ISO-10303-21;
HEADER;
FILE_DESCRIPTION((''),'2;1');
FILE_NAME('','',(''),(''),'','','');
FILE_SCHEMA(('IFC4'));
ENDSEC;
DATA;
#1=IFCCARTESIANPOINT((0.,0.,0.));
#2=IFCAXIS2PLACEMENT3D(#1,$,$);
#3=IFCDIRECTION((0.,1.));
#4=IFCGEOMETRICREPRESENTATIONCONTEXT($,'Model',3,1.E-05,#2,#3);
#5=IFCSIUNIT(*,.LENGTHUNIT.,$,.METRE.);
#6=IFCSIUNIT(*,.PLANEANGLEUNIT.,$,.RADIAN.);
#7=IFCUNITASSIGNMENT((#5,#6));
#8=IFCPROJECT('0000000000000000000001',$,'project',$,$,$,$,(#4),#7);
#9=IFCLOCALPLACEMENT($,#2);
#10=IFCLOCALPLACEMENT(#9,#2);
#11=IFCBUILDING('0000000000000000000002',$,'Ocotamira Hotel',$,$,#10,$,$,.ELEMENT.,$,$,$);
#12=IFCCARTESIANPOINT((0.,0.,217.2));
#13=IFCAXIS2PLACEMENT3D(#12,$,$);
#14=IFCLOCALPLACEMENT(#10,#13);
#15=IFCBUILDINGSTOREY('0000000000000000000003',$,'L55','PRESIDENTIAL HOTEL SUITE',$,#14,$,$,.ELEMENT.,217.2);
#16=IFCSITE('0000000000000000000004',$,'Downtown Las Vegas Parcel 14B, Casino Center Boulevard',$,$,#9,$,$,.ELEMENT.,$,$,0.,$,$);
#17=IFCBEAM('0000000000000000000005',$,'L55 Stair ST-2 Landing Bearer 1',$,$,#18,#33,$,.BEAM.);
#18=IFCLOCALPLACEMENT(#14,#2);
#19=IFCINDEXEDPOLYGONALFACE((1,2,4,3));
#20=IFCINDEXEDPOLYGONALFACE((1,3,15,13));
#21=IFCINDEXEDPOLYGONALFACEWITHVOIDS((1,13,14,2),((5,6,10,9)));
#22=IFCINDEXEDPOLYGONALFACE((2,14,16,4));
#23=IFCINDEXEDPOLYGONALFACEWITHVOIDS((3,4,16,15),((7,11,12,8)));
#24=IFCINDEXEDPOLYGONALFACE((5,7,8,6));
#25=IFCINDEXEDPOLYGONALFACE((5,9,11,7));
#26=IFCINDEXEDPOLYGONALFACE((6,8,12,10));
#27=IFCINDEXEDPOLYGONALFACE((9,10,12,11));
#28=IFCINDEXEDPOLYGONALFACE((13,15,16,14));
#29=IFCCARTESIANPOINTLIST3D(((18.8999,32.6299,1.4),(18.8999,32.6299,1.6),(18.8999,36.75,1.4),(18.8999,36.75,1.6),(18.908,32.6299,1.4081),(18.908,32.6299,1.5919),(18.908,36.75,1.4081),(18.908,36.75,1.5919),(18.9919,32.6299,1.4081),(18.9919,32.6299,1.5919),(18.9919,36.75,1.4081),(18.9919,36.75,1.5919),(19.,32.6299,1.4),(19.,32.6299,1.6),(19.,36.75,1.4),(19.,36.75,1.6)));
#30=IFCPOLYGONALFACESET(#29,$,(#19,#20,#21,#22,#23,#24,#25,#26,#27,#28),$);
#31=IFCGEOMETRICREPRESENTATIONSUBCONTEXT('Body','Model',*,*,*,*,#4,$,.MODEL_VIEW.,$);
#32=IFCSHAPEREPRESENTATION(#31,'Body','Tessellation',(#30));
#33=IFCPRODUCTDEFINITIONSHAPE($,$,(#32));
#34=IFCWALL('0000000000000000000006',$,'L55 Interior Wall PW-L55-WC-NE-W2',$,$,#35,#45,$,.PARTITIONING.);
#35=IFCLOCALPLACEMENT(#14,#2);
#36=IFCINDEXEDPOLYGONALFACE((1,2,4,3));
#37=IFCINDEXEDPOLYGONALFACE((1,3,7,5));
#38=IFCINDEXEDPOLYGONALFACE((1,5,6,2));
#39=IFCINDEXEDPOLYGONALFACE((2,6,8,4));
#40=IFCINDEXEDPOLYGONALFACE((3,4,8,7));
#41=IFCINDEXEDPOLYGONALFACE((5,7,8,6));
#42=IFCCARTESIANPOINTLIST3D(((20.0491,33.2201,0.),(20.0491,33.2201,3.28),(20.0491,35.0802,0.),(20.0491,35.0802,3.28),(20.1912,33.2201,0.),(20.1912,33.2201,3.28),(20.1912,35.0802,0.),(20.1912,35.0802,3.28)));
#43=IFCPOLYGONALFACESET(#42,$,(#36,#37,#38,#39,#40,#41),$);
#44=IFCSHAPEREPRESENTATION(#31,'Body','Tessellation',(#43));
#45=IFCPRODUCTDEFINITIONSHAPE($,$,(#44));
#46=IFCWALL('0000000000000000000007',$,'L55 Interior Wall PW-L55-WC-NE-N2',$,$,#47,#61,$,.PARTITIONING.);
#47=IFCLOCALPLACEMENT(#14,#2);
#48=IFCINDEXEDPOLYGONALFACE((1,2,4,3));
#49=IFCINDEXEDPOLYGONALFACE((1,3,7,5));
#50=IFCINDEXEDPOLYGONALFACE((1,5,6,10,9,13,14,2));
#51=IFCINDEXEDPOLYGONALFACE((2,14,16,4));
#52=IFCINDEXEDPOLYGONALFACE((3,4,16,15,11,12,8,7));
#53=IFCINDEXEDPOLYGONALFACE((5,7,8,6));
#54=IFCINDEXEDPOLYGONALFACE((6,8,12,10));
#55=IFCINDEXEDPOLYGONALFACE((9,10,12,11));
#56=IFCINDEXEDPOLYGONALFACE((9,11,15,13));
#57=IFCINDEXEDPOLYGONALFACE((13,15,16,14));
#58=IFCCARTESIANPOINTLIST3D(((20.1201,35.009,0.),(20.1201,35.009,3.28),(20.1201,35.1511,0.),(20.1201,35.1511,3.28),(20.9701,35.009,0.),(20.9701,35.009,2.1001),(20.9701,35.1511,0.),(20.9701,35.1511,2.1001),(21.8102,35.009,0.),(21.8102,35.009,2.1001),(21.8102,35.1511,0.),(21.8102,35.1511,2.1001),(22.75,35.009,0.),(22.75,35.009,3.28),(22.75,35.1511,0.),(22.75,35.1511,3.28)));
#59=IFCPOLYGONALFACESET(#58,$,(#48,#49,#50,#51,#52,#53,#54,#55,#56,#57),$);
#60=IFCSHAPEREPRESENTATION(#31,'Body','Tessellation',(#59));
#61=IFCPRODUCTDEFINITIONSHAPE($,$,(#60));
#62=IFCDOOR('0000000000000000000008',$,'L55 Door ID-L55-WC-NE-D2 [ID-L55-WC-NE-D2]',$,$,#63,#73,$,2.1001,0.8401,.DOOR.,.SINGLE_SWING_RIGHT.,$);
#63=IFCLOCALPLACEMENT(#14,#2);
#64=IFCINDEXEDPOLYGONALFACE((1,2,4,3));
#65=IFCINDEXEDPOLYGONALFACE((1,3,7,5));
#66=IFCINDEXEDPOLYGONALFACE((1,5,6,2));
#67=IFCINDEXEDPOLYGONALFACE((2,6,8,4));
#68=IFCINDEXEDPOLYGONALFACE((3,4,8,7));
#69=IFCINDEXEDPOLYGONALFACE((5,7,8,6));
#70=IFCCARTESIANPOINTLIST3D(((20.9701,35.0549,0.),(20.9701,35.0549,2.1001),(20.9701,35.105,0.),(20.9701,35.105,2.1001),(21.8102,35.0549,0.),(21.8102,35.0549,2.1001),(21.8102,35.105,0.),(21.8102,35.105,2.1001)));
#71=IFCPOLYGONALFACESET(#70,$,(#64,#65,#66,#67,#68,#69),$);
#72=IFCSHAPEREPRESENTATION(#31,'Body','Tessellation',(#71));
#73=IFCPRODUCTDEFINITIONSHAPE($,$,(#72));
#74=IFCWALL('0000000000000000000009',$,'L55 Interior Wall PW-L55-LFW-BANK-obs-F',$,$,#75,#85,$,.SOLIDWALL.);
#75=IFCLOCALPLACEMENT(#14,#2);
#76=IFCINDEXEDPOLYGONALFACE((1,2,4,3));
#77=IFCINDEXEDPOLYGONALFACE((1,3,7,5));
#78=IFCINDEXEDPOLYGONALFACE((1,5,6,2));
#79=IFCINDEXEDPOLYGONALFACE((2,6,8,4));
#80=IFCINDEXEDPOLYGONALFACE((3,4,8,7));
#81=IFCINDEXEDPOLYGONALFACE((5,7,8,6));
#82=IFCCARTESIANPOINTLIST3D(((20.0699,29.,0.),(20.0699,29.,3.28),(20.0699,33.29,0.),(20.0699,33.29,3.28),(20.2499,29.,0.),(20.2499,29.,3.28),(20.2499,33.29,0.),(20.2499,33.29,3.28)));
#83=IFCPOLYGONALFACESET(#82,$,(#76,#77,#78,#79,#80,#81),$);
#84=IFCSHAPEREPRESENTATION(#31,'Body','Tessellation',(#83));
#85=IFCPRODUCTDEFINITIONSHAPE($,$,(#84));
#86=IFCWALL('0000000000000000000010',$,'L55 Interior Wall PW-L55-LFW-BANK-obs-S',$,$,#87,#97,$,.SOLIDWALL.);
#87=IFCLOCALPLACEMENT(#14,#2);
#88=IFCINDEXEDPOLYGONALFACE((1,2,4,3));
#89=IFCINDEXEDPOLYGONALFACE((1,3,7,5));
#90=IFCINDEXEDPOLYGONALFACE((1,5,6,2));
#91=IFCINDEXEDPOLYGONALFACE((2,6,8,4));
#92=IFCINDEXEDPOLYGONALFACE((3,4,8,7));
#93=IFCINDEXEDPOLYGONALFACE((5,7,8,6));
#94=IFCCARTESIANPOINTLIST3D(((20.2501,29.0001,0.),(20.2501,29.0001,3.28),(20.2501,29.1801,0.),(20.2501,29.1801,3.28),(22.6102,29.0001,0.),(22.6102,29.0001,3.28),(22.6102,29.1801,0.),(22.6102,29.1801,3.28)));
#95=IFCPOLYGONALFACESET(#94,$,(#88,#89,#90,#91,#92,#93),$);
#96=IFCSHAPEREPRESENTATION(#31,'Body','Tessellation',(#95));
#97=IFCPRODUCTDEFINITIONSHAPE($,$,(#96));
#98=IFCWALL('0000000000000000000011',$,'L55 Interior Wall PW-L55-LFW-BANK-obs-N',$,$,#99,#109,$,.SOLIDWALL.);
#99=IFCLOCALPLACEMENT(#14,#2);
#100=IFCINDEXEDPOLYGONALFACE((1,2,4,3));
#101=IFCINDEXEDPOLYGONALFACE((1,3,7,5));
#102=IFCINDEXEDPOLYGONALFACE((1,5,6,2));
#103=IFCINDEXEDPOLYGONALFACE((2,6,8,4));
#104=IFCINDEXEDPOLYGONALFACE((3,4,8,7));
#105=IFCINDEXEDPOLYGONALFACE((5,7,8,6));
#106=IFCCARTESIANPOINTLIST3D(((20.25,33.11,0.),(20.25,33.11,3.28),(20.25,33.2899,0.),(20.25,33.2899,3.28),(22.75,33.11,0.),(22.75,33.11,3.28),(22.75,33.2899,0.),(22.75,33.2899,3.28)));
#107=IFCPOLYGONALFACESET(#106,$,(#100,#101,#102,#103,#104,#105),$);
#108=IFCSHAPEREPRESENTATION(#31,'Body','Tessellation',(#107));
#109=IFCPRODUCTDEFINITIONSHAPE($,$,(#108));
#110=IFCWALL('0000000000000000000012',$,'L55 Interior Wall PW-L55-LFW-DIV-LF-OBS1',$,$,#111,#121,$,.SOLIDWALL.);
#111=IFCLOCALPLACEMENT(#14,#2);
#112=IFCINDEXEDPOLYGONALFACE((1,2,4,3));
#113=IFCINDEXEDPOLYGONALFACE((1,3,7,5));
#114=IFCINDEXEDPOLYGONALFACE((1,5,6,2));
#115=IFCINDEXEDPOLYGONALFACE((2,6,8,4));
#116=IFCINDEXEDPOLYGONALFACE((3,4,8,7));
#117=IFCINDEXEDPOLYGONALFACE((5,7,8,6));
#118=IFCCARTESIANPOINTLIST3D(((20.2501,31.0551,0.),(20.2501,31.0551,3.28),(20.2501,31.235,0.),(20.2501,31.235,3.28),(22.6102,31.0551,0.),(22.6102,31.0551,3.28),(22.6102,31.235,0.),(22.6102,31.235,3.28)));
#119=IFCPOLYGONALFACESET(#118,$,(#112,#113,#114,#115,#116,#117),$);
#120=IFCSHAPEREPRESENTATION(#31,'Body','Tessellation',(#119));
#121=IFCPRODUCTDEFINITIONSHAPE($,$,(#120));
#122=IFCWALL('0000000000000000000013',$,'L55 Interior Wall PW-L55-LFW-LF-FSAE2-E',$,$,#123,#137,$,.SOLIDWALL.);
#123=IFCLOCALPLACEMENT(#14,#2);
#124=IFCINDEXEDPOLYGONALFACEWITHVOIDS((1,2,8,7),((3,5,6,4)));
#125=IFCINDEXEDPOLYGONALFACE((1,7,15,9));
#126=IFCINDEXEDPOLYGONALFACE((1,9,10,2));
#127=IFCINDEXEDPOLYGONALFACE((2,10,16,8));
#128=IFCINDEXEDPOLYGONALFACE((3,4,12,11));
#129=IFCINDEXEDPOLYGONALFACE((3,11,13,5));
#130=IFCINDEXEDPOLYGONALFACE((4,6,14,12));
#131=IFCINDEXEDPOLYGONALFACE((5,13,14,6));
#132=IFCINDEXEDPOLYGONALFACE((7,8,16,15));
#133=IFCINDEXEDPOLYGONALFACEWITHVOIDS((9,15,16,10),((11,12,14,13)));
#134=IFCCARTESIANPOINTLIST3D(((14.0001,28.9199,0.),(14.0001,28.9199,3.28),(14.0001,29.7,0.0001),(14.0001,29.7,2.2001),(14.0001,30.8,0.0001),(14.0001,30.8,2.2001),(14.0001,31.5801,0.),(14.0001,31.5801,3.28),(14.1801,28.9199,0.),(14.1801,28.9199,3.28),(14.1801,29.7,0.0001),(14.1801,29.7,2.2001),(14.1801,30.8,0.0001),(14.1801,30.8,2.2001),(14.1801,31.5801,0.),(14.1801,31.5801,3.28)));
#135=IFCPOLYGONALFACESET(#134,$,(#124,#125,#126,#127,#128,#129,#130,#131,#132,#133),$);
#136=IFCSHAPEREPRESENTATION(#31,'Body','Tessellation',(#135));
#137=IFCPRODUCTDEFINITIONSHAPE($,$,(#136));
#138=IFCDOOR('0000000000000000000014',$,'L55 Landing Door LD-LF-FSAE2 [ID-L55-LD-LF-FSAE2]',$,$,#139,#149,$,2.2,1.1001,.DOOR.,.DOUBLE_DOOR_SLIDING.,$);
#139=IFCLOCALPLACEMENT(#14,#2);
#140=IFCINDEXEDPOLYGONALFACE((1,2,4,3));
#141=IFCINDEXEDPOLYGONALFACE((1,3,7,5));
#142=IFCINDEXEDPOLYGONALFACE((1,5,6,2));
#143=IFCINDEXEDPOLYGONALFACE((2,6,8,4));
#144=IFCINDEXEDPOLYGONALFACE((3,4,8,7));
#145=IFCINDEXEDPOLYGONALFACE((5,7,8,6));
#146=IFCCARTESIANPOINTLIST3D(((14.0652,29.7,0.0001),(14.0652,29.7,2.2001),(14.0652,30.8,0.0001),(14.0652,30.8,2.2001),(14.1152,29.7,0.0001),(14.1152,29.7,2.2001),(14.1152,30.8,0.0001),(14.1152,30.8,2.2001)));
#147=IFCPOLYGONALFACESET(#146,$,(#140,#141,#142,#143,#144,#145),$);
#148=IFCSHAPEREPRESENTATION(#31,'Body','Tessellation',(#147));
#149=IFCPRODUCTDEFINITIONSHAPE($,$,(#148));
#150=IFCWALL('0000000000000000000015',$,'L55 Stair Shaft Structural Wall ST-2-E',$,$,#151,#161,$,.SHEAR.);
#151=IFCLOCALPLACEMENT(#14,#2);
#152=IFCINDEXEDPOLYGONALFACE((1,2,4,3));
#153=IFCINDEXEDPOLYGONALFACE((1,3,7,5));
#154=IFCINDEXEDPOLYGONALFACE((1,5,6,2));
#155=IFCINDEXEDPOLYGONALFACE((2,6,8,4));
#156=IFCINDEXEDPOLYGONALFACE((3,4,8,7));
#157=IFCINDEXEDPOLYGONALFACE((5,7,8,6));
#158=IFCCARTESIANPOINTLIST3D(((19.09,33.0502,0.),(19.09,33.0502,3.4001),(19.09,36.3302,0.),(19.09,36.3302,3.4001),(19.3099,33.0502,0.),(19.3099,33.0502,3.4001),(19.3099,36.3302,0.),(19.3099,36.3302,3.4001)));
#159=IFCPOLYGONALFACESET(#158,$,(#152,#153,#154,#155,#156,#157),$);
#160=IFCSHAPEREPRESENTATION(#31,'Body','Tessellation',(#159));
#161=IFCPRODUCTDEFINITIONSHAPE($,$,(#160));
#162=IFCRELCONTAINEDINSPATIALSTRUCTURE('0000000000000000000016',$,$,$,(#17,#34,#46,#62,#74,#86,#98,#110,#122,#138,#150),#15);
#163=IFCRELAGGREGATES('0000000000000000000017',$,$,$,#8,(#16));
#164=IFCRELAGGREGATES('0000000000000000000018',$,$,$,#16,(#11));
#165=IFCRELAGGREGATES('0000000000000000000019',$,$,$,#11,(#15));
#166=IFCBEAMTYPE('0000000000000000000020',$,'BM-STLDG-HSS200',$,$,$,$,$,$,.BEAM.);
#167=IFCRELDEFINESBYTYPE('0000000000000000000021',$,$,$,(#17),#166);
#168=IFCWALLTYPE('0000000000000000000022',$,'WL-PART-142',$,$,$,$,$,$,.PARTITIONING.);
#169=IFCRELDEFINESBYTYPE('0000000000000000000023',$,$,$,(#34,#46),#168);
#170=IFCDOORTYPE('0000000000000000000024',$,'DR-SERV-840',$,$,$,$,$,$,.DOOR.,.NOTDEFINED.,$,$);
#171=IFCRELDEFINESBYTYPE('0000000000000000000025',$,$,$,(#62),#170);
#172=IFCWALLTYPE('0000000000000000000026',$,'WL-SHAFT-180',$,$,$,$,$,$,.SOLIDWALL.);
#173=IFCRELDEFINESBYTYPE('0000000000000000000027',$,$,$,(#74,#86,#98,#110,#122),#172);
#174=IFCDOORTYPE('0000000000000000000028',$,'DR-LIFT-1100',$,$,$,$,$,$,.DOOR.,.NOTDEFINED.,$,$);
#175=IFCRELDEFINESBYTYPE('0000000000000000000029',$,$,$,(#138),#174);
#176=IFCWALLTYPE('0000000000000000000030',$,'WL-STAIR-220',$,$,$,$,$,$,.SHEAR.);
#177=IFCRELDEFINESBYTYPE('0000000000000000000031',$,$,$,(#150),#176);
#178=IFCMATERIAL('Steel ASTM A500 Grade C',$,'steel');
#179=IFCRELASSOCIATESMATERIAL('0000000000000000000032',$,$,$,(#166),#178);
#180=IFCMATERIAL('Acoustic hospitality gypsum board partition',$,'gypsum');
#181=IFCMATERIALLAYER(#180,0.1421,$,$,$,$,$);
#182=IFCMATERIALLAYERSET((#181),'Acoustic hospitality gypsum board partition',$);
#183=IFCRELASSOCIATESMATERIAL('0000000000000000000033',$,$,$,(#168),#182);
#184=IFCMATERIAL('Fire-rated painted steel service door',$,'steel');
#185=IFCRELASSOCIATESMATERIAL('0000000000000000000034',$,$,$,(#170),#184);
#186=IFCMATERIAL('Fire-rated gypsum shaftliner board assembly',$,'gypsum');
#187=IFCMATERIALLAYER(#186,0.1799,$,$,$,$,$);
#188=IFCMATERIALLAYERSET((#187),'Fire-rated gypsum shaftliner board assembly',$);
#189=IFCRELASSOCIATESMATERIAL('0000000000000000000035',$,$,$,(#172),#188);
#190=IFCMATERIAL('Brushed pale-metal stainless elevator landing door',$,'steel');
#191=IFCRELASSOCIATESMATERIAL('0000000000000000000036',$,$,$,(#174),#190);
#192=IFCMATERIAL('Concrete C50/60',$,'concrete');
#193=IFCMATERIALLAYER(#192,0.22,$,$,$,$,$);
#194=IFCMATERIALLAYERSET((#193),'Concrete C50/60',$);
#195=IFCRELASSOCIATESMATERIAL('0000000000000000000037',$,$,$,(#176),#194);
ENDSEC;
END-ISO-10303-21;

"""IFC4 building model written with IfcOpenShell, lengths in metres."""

from ifc_helpers import new_model, si_unit, direction, frame, frame_2d, origin, origin_2d, place, context, subcontext, project, spatial, rectangle, hollow_rectangle, extrude, source, transform, mapped, material, layer, layer_set, material_profile, profile_set, type_object, element, fill, save


model = new_model("IFC4")

# Units and contexts
model_context = context("Model", 3, precision=1e-05, world=origin(), true_north=direction((0.0, 1.0)))
body_context = subcontext(model_context, "Body", "Model", "MODEL_VIEW")
ifc_project = project(units=[si_unit("LENGTHUNIT", "METRE"), si_unit("PLANEANGLEUNIT", "RADIAN")], contexts=[model_context])

# Site, building, storey
site_placement = place(None, origin())
site = spatial("IfcSite", under=ifc_project, at=site_placement, Name="Downtown Las Vegas Parcel 14B, Casino Center Boulevard", CompositionType="ELEMENT", RefElevation=0.0)
building_placement = place(site_placement, origin())
building = spatial("IfcBuilding", under=site, at=building_placement, Name="Ocotamira Hotel", CompositionType="ELEMENT")
storey_placement = place(building_placement, frame((0.0, 0.0, 217.2)))
storey = spatial("IfcBuildingStorey", under=building, at=storey_placement, Name="L55", Description="PRESIDENTIAL HOTEL SUITE", CompositionType="ELEMENT", Elevation=217.2)

# Beam
ifc_material_1 = material(Name="Steel ASTM A500 Grade C", Category="steel")
ifc_material_profile = material_profile(ifc_material_1, hollow_rectangle(XDim=0.1001, YDim=0.2, WallThickness=0.0081, at=origin_2d()), Name="HSS200X100X8")
ifc_profile_set = profile_set([ifc_material_profile], Name="Steel ASTM A500 Grade C")
beam_type = type_object("IfcBeamType", Name="BM-STLDG-HSS200", PredefinedType="BEAM", material=ifc_profile_set)
shared_shape_1 = source(origin(), body_context, "Body", "SweptSolid", [
    extrude(hollow_rectangle(XDim=0.1001, YDim=0.2, WallThickness=0.0081, at=origin_2d()), origin(), (0.0, 0.0, 1.0), 4.1201),
])
beam_placement = place(storey_placement, frame((18.95, 32.6299, 1.5), z_axis=(0.0, 1.0, 0.0), x_axis=(-1.0, 0.0, 0.0)))
element("IfcBeam", 1, at=beam_placement, inside=storey, type_object=beam_type, Name="L55 Stair ST-2 Landing Bearer 1", PredefinedType="BEAM", context=body_context, shape_type="MappedRepresentation", body=[
    mapped(shared_shape_1, transform((0.0, 0.0, 0.0), scale=1.0)),
])

# Wall
ifc_material_2 = material(Name="Acoustic hospitality gypsum board partition", Category="gypsum")
ifc_layer_1 = layer(ifc_material_2, 0.1421)
ifc_layer_set_1 = layer_set([ifc_layer_1], Name="Acoustic hospitality gypsum board partition")
wall_type_1 = type_object("IfcWallType", Name="WL-PART-142", PredefinedType="PARTITIONING", material=ifc_layer_set_1)
wall_1_placement = place(storey_placement, frame((20.1201, 33.22, 0.0), z_axis=(0.0, 0.0, 1.0), x_axis=(0.0, 1.0, 0.0)))
element("IfcWall", 2, at=wall_1_placement, inside=storey, type_object=wall_type_1, Name="L55 Interior Wall PW-L55-WC-NE-W2", PredefinedType="PARTITIONING", context=body_context, shape_type="SweptSolid", body=[
    extrude(rectangle(XDim=1.8601, YDim=0.1421, at=frame_2d((0.9302, 0.0))), origin(), (0.0, 0.0, 1.0), 3.28),
])

# Wall, opening, door
wall_2_placement = place(storey_placement, frame((20.1201, 35.0801, 0.0), z_axis=(0.0, 0.0, 1.0), x_axis=(1.0, 0.0, 0.0)))
wall_2 = element("IfcWall", 3, at=wall_2_placement, inside=storey, type_object=wall_type_1, Name="L55 Interior Wall PW-L55-WC-NE-N2", PredefinedType="PARTITIONING", context=body_context, shape_type="SweptSolid", body=[
    extrude(rectangle(XDim=2.6299, YDim=0.1421, at=frame_2d((1.3149, 0.0))), origin(), (0.0, 0.0, 1.0), 3.28),
])
opening_1_placement = place(wall_2_placement, frame((0.8501, 0.0, 0.0)))
opening_1 = element("IfcOpeningElement", 4, at=opening_1_placement, cuts=wall_2, PredefinedType="OPENING", context=body_context, shape_type="SweptSolid", body=[
    extrude(rectangle(XDim=0.8401, YDim=2.1001, at=frame_2d((0.4199, 1.05))), frame((0.0, 0.0811, 0.0), z_axis=(0.0, -1.0, 0.0), x_axis=(1.0, 0.0, 0.0)), (0.0, 0.0, 1.0), 0.1621),
])
ifc_material_3 = material(Name="Fire-rated painted steel service door", Category="steel")
door_type_1 = type_object("IfcDoorType", Name="DR-SERV-840", OperationType="NOTDEFINED", PredefinedType="DOOR", material=ifc_material_3)
shared_shape_2 = source(origin(), body_context, "Body", "SweptSolid", [
    extrude(rectangle(XDim=0.8401, YDim=2.1001, at=frame_2d((0.4199, 1.05))), frame((0.0, 0.0249, 0.0), z_axis=(0.0, -1.0, 0.0), x_axis=(1.0, 0.0, 0.0)), (0.0, 0.0, 1.0), 0.05),
])
door_1_placement = place(opening_1_placement, origin())
door_1 = element("IfcDoor", 5, at=door_1_placement, inside=storey, type_object=door_type_1, Name="L55 Door ID-L55-WC-NE-D2 [ID-L55-WC-NE-D2]", OperationType="SINGLE_SWING_RIGHT", OverallHeight=2.1001, OverallWidth=0.8401, PredefinedType="DOOR", context=body_context, shape_type="MappedRepresentation", body=[
    mapped(shared_shape_2, transform((0.0, 0.0, 0.0), scale=1.0)),
])
fill(opening_1, door_1)

# Walls
ifc_material_4 = material(Name="Fire-rated gypsum shaftliner board assembly", Category="gypsum")
ifc_layer_2 = layer(ifc_material_4, 0.1799)
ifc_layer_set_2 = layer_set([ifc_layer_2], Name="Fire-rated gypsum shaftliner board assembly")
wall_type_2 = type_object("IfcWallType", Name="WL-SHAFT-180", PredefinedType="SOLIDWALL", material=ifc_layer_set_2)
wall_3_placement = place(storey_placement, frame((20.1599, 29.0, 0.0), z_axis=(0.0, 0.0, 1.0), x_axis=(0.0, 1.0, 0.0)))
element("IfcWall", 6, at=wall_3_placement, inside=storey, type_object=wall_type_2, Name="L55 Interior Wall PW-L55-LFW-BANK-obs-F", PredefinedType="SOLIDWALL", context=body_context, shape_type="SweptSolid", body=[
    extrude(rectangle(XDim=4.29, YDim=0.1799, at=frame_2d((2.145, 0.0))), origin(), (0.0, 0.0, 1.0), 3.28),
])
wall_4_placement = place(storey_placement, frame((20.25, 29.0901, 0.0), z_axis=(0.0, 0.0, 1.0), x_axis=(1.0, 0.0, 0.0)))
element("IfcWall", 7, at=wall_4_placement, inside=storey, type_object=wall_type_2, Name="L55 Interior Wall PW-L55-LFW-BANK-obs-S", PredefinedType="SOLIDWALL", context=body_context, shape_type="SweptSolid", body=[
    extrude(rectangle(XDim=2.3601, YDim=0.1799, at=frame_2d((1.1802, 0.0))), origin(), (0.0, 0.0, 1.0), 3.28),
])
wall_5_placement = place(storey_placement, frame((20.25, 33.2, 0.0), z_axis=(0.0, 0.0, 1.0), x_axis=(1.0, 0.0, 0.0)))
element("IfcWall", 8, at=wall_5_placement, inside=storey, type_object=wall_type_2, Name="L55 Interior Wall PW-L55-LFW-BANK-obs-N", PredefinedType="SOLIDWALL", context=body_context, shape_type="SweptSolid", body=[
    extrude(rectangle(XDim=2.5, YDim=0.1799, at=frame_2d((1.25, 0.0))), origin(), (0.0, 0.0, 1.0), 3.28),
])
wall_6_placement = place(storey_placement, frame((20.25, 31.145, 0.0), z_axis=(0.0, 0.0, 1.0), x_axis=(1.0, 0.0, 0.0)))
element("IfcWall", 9, at=wall_6_placement, inside=storey, type_object=wall_type_2, Name="L55 Interior Wall PW-L55-LFW-DIV-LF-OBS1", PredefinedType="SOLIDWALL", context=body_context, shape_type="SweptSolid", body=[
    extrude(rectangle(XDim=2.3601, YDim=0.1799, at=frame_2d((1.1802, 0.0))), origin(), (0.0, 0.0, 1.0), 3.28),
])

# Wall, opening, door
wall_7_placement = place(storey_placement, frame((14.0901, 28.9199, 0.0), z_axis=(0.0, 0.0, 1.0), x_axis=(0.0, 1.0, 0.0)))
wall_7 = element("IfcWall", 10, at=wall_7_placement, inside=storey, type_object=wall_type_2, Name="L55 Interior Wall PW-L55-LFW-LF-FSAE2-E", PredefinedType="SOLIDWALL", context=body_context, shape_type="SweptSolid", body=[
    extrude(rectangle(XDim=2.6602, YDim=0.1799, at=frame_2d((1.3301, 0.0))), origin(), (0.0, 0.0, 1.0), 3.28),
])
opening_2_placement = place(wall_7_placement, frame((0.78, 0.0, 0.0)))
opening_2 = element("IfcOpeningElement", 11, at=opening_2_placement, cuts=wall_7, PredefinedType="OPENING", context=body_context, shape_type="SweptSolid", body=[
    extrude(rectangle(XDim=1.1001, YDim=2.2, at=frame_2d((0.55, 1.1001))), frame((0.0, 0.1001, 0.0), z_axis=(0.0, -1.0, 0.0), x_axis=(1.0, 0.0, 0.0)), (0.0, 0.0, 1.0), 0.2),
])
ifc_material_5 = material(Name="Brushed pale-metal stainless elevator landing door", Category="steel")
door_type_2 = type_object("IfcDoorType", Name="DR-LIFT-1100", OperationType="NOTDEFINED", PredefinedType="DOOR", material=ifc_material_5)
shared_shape_3 = source(origin(), body_context, "Body", "SweptSolid", [
    extrude(rectangle(XDim=1.1001, YDim=2.2, at=frame_2d((0.55, 1.1001))), frame((0.0, 0.0249, 0.0), z_axis=(0.0, -1.0, 0.0), x_axis=(1.0, 0.0, 0.0)), (0.0, 0.0, 1.0), 0.05),
])
door_2_placement = place(opening_2_placement, origin())
door_2 = element("IfcDoor", 12, at=door_2_placement, inside=storey, type_object=door_type_2, Name="L55 Landing Door LD-LF-FSAE2 [ID-L55-LD-LF-FSAE2]", OperationType="DOUBLE_DOOR_SLIDING", OverallHeight=2.2, OverallWidth=1.1001, PredefinedType="DOOR", context=body_context, shape_type="MappedRepresentation", body=[
    mapped(shared_shape_3, transform((0.0, 0.0, 0.0), scale=1.0)),
])
fill(opening_2, door_2)

# Wall
ifc_material_6 = material(Name="Concrete C50/60", Category="concrete")
ifc_layer_3 = layer(ifc_material_6, 0.22)
ifc_layer_set_3 = layer_set([ifc_layer_3], Name="Concrete C50/60")
wall_type_3 = type_object("IfcWallType", Name="WL-STAIR-220", PredefinedType="SHEAR", material=ifc_layer_set_3)
wall_8_placement = place(storey_placement, frame((19.2, 33.05, 0.0), z_axis=(0.0, 0.0, 1.0), x_axis=(0.0, 1.0, 0.0)))
element("IfcWall", 13, at=wall_8_placement, inside=storey, type_object=wall_type_3, Name="L55 Stair Shaft Structural Wall ST-2-E", PredefinedType="SHEAR", context=body_context, shape_type="SweptSolid", body=[
    extrude(rectangle(XDim=3.28, YDim=0.22, at=frame_2d((1.6401, 0.0))), origin(), (0.0, 0.0, 1.0), 3.4001),
])

save(model, "model.ifc")
